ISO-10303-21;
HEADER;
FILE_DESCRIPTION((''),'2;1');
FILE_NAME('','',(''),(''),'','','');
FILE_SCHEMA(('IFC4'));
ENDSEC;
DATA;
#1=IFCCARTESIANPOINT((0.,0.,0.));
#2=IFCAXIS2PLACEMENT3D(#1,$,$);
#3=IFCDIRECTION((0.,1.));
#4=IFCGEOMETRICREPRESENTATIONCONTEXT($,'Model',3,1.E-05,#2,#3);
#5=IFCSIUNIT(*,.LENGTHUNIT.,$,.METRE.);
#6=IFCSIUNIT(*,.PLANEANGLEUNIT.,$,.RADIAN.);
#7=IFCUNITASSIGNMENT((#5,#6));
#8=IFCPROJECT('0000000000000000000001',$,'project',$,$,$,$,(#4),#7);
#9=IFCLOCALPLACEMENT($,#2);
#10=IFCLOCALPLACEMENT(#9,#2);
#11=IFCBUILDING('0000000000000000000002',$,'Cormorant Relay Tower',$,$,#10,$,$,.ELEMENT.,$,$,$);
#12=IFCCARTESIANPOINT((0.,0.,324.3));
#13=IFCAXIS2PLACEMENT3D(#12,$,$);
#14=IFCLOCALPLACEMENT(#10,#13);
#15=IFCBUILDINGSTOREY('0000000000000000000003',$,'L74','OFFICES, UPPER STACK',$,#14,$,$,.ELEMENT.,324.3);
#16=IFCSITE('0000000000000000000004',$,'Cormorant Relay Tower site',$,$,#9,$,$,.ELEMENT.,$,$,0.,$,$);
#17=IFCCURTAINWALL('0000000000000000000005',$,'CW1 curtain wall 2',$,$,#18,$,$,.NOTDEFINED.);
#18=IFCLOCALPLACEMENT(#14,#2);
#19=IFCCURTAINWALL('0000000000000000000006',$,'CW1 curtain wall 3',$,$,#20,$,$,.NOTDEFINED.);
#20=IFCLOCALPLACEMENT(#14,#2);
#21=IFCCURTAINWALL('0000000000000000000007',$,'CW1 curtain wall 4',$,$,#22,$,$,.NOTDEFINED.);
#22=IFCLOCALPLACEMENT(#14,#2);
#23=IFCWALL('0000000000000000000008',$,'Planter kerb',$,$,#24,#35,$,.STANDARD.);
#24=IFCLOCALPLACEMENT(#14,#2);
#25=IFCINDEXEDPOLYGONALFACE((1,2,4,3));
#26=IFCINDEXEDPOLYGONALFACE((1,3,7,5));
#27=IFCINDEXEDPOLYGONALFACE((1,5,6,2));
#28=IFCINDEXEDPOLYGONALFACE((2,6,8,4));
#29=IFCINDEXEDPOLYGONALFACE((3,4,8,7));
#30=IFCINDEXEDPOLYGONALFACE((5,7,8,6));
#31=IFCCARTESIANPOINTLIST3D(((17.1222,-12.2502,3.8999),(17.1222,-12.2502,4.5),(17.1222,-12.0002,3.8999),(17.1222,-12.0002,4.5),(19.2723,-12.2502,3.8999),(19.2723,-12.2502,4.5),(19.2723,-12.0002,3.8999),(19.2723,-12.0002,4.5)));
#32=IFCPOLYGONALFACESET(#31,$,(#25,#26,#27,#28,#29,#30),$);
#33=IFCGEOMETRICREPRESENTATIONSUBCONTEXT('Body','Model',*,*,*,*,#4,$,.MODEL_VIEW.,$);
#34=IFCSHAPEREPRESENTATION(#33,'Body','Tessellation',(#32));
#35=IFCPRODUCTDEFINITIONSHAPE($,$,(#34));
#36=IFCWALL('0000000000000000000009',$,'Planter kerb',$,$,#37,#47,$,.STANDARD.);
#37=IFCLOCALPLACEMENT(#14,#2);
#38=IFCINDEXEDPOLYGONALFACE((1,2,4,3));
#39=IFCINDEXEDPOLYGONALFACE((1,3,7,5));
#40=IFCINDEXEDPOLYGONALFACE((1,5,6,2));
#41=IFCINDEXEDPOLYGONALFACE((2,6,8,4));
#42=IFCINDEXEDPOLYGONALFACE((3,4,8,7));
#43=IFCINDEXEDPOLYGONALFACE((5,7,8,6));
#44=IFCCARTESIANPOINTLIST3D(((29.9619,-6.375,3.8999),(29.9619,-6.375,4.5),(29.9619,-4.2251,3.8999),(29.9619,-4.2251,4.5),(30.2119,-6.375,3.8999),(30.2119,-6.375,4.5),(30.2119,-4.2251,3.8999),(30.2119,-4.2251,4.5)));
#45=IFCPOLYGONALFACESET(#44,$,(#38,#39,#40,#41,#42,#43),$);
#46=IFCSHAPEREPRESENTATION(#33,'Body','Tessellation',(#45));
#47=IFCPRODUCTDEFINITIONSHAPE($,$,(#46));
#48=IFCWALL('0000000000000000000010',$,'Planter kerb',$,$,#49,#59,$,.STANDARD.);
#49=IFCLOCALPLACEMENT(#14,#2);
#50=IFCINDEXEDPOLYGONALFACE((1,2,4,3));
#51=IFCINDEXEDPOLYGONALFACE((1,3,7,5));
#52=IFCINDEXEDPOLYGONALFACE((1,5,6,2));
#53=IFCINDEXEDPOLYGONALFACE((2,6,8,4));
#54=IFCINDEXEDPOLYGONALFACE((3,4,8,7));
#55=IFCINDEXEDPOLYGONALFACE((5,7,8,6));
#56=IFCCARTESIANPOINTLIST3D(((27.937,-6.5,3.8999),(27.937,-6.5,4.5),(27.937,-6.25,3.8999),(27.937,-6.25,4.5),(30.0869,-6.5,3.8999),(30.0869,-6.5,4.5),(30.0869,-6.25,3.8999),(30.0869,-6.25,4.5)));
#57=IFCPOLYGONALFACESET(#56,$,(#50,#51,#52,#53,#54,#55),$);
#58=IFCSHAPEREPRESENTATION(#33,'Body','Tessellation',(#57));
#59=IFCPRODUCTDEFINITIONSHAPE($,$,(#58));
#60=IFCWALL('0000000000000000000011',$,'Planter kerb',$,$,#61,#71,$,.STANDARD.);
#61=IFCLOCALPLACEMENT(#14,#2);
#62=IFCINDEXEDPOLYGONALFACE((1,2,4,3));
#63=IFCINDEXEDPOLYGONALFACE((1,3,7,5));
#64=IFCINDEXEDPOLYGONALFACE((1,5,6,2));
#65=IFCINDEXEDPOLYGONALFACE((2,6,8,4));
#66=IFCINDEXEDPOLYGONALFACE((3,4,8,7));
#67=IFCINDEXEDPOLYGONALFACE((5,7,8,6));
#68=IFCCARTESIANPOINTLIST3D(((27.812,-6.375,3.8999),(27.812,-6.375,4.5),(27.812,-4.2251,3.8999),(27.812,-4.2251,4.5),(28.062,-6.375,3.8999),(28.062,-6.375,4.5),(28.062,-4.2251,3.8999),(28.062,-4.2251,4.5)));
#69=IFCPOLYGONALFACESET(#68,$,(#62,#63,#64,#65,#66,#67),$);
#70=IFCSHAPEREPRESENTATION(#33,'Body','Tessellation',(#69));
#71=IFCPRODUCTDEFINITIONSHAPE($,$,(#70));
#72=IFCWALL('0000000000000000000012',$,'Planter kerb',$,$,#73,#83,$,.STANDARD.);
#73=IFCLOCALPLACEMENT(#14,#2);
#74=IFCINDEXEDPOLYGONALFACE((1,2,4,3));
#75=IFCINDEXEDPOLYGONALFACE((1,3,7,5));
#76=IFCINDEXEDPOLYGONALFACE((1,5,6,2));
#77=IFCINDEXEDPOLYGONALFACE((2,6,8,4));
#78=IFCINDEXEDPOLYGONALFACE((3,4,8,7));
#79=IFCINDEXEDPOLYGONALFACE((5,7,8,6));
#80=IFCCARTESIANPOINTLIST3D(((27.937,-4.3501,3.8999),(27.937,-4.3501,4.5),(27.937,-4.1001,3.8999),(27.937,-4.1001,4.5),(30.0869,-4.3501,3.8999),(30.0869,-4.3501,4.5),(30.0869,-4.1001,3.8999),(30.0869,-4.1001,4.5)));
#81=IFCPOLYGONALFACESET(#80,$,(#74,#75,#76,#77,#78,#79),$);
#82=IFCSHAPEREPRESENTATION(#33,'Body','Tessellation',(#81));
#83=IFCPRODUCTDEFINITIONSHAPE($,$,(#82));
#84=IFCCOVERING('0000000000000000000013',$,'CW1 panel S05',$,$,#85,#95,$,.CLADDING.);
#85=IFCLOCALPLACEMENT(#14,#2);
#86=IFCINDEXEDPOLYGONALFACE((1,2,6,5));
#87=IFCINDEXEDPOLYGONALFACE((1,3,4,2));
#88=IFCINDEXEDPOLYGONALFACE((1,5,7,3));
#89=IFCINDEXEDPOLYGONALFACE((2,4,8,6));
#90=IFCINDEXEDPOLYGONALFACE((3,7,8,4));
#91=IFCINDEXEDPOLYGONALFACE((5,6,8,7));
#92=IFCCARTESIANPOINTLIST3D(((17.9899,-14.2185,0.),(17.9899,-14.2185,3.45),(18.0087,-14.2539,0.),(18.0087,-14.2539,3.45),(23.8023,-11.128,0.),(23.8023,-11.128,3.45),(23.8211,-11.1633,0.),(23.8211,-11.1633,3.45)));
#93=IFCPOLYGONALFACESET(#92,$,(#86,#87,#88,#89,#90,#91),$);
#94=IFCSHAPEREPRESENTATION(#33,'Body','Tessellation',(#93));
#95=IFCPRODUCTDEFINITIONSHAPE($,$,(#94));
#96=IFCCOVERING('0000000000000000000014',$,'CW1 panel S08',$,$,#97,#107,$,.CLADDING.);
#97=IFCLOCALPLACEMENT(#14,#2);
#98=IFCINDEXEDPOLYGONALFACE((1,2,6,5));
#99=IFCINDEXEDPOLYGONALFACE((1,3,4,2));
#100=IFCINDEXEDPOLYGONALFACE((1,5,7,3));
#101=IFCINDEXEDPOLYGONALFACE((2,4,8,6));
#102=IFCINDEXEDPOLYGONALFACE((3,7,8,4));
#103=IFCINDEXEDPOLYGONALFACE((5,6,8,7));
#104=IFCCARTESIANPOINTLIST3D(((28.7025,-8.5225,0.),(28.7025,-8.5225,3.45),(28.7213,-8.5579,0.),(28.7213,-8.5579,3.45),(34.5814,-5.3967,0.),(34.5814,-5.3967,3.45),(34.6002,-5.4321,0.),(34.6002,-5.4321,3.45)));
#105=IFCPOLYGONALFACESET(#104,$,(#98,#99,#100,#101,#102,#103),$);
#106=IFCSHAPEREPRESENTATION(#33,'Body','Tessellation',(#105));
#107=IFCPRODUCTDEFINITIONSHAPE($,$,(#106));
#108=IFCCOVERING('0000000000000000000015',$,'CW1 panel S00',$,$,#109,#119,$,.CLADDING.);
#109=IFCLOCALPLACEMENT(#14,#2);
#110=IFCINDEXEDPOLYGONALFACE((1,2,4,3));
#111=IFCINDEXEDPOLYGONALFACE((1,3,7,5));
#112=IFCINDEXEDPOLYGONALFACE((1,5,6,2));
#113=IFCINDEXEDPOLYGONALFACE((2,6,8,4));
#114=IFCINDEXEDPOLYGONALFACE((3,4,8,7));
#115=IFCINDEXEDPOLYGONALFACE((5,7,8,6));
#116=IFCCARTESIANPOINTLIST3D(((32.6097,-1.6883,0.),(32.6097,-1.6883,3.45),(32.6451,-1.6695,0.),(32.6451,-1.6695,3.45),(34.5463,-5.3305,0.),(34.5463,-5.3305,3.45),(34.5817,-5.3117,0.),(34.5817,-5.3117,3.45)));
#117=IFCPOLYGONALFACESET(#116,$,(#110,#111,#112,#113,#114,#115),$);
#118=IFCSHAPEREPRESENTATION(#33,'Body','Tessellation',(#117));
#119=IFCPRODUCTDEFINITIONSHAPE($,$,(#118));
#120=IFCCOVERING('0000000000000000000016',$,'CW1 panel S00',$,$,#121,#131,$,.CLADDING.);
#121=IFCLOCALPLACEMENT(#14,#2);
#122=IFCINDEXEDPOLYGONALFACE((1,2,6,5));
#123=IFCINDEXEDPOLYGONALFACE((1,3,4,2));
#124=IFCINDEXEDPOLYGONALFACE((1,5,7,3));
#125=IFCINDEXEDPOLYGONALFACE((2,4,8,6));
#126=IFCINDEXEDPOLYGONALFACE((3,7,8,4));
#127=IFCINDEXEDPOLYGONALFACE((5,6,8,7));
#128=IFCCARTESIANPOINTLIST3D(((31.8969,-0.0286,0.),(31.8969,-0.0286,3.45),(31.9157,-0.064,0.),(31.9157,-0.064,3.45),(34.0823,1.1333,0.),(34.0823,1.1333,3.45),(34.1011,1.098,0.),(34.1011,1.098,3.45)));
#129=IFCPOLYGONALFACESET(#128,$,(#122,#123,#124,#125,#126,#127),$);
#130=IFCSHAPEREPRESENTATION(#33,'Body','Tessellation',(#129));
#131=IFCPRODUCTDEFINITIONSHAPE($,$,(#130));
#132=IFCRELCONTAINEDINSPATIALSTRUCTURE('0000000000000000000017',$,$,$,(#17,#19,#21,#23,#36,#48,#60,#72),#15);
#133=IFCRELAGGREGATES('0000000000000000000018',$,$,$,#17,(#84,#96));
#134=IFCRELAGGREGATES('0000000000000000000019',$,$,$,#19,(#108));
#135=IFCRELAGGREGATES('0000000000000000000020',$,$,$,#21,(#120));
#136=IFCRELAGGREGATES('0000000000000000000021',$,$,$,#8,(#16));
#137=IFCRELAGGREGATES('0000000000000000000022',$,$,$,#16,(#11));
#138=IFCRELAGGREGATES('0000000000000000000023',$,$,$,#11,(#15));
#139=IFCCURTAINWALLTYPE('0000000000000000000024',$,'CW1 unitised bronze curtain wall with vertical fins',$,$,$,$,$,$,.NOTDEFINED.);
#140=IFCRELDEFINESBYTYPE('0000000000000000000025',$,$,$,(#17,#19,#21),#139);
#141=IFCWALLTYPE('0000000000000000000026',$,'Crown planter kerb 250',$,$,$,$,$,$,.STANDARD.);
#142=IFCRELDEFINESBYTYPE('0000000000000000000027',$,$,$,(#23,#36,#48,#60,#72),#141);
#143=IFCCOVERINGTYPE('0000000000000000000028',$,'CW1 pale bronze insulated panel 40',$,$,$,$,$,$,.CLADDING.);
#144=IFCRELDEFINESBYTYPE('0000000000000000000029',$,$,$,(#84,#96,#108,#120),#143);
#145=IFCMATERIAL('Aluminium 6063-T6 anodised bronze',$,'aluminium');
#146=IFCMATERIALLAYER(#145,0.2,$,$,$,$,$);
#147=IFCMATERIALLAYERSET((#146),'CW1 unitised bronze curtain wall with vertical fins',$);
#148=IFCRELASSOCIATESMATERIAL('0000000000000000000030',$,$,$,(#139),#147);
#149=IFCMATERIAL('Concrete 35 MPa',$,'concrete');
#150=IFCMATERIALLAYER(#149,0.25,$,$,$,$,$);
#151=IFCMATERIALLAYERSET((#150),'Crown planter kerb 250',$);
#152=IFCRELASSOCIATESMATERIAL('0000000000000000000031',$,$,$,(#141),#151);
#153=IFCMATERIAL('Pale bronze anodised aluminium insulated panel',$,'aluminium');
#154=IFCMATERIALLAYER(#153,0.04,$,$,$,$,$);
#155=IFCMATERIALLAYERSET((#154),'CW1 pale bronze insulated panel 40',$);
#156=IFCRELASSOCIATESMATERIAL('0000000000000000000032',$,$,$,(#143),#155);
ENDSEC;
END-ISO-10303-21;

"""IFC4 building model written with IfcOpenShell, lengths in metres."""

from ifc_helpers import new_model, si_unit, direction, frame, frame_2d, origin, origin_2d, place, context, subcontext, project, spatial, rectangle, extrude, material, layer, layer_set, type_object, element, aggregate, save


model = new_model("IFC4")

# Units and contexts
model_context = context("Model", 3, precision=1e-05, world=origin(), true_north=direction((0.0, 1.0)))
body_context = subcontext(model_context, "Body", "Model", "MODEL_VIEW")
ifc_project = project(units=[si_unit("LENGTHUNIT", "METRE"), si_unit("PLANEANGLEUNIT", "RADIAN")], contexts=[model_context])

# Site, building, storey
site_placement = place(None, origin())
site = spatial("IfcSite", under=ifc_project, at=site_placement, Name="Cormorant Relay Tower site", CompositionType="ELEMENT", RefElevation=0.0)
building_placement = place(site_placement, origin())
building = spatial("IfcBuilding", under=site, at=building_placement, Name="Cormorant Relay Tower", CompositionType="ELEMENT")
storey_placement = place(building_placement, frame((0.0, 0.0, 324.3)))
storey = spatial("IfcBuildingStorey", under=building, at=storey_placement, Name="L74", Description="OFFICES, UPPER STACK", CompositionType="ELEMENT", Elevation=324.3)

# Curtain wall
ifc_material_1 = material(Name="Aluminium 6063-T6 anodised bronze", Category="aluminium")
ifc_layer_1 = layer(ifc_material_1, 0.2)
ifc_layer_set_1 = layer_set([ifc_layer_1], Name="CW1 unitised bronze curtain wall with vertical fins")
curtain_wall_type = type_object("IfcCurtainWallType", Name="CW1 unitised bronze curtain wall with vertical fins", PredefinedType="NOTDEFINED", material=ifc_layer_set_1)
curtain_wall_1_placement = place(storey_placement, origin())
curtain_wall_1 = element("IfcCurtainWall", 1, at=curtain_wall_1_placement, inside=storey, type_object=curtain_wall_type, Name="CW1 curtain wall 2", PredefinedType="NOTDEFINED")

# Curtain wall
curtain_wall_2_placement = place(storey_placement, origin())
curtain_wall_2 = element("IfcCurtainWall", 2, at=curtain_wall_2_placement, inside=storey, type_object=curtain_wall_type, Name="CW1 curtain wall 3", PredefinedType="NOTDEFINED")

# Curtain wall
curtain_wall_3_placement = place(storey_placement, origin())
curtain_wall_3 = element("IfcCurtainWall", 3, at=curtain_wall_3_placement, inside=storey, type_object=curtain_wall_type, Name="CW1 curtain wall 4", PredefinedType="NOTDEFINED")

# Walls
ifc_material_2 = material(Name="Concrete 35 MPa", Category="concrete")
ifc_layer_2 = layer(ifc_material_2, 0.25)
ifc_layer_set_2 = layer_set([ifc_layer_2], Name="Crown planter kerb 250")
wall_type_1 = type_object("IfcWallType", Name="Crown planter kerb 250", PredefinedType="STANDARD", material=ifc_layer_set_2)
wall_1_placement = place(storey_placement, frame((19.2725, -12.1252, 3.8999), z_axis=(0.0, 0.0, 1.0), x_axis=(-1.0, 0.0, 0.0)))
element("IfcWall", 4, at=wall_1_placement, inside=storey, type_object=wall_type_1, Name="Planter kerb", PredefinedType="STANDARD", context=body_context, shape_type="SweptSolid", body=[
    extrude(rectangle(XDim=2.1501, YDim=0.25, at=frame_2d((1.0752, 0.0))), origin(), (0.0, 0.0, 1.0), 0.6001),
])
for number, where, z_axis, x_axis, name in (
    (5, (30.0869, -4.2251, 3.8999), (0.0, 0.0, 1.0), (0.0, -1.0, 0.0), "Planter kerb"),
    (6, (30.0869, -6.375, 3.8999), (0.0, 0.0, 1.0), (-1.0, 0.0, 0.0), "Planter kerb"),
    (7, (27.937, -6.375, 3.8999), (0.0, 0.0, 1.0), (0.0, 1.0, 0.0), "Planter kerb"),
    (8, (27.937, -4.2251, 3.8999), (0.0, 0.0, 1.0), (1.0, 0.0, 0.0), "Planter kerb"),
):
    element("IfcWall", number, at=place(storey_placement, frame(where, z_axis=z_axis, x_axis=x_axis)), inside=storey, type_object=wall_type_1, Name=name, PredefinedType="STANDARD", context=body_context, shape_type="SweptSolid", body=[
        extrude(rectangle(XDim=2.1499, YDim=0.25, at=frame_2d((1.075, 0.0))), origin(), (0.0, 0.0, 1.0), 0.6001),
    ])

# Coverings
ifc_material_3 = material(Name="Pale bronze anodised aluminium insulated panel", Category="aluminium")
ifc_layer_3 = layer(ifc_material_3, 0.04)
ifc_layer_set_3 = layer_set([ifc_layer_3], Name="CW1 pale bronze insulated panel 40")
covering_type = type_object("IfcCoveringType", Name="CW1 pale bronze insulated panel 40", PredefinedType="CLADDING", material=ifc_layer_set_3)
covering_1_placement = place(storey_placement, frame((20.9055, -12.6909, 0.0), z_axis=(0.0, 0.0, 1.0), x_axis=(0.882948, 0.469472, 0.0)))
covering_1 = element("IfcCovering", 9, at=covering_1_placement, type_object=covering_type, Name="CW1 panel S05", PredefinedType="CLADDING", context=body_context, shape_type="SweptSolid", body=[
    extrude(rectangle(XDim=6.583, YDim=0.04, at=origin_2d()), origin(), (0.0, 0.0, 1.0), 3.45),
])
covering_2_placement = place(storey_placement, frame((31.6514, -6.9773, 0.0), z_axis=(0.0, 0.0, 1.0), x_axis=(0.882948, 0.469472, 0.0)))
covering_2 = element("IfcCovering", 10, at=covering_2_placement, type_object=covering_type, Name="CW1 panel S08", PredefinedType="CLADDING", context=body_context, shape_type="SweptSolid", body=[
    extrude(rectangle(XDim=6.6582, YDim=0.04, at=origin_2d()), origin(), (0.0, 0.0, 1.0), 3.45),
])
aggregate(curtain_wall_1, [covering_1, covering_2])
covering_3_placement = place(storey_placement, frame((33.5957, -3.5, 0.0), z_axis=(0.0, 0.0, 1.0), x_axis=(-0.469472, 0.882948, 0.0)))
covering_3 = element("IfcCovering", 11, at=covering_3_placement, type_object=covering_type, Name="CW1 panel S00", PredefinedType="CLADDING", context=body_context, shape_type="SweptSolid", body=[
    extrude(rectangle(XDim=4.125, YDim=0.04, at=origin_2d()), origin(), (0.0, 0.0, 1.0), 3.45),
])
aggregate(curtain_wall_2, [covering_3])
covering_4_placement = place(storey_placement, frame((32.999, 0.5347, 0.0), z_axis=(0.0, 0.0, 1.0), x_axis=(0.882948, 0.469472, 0.0)))
covering_4 = element("IfcCovering", 12, at=covering_4_placement, type_object=covering_type, Name="CW1 panel S00", PredefinedType="CLADDING", context=body_context, shape_type="SweptSolid", body=[
    extrude(rectangle(XDim=2.4751, YDim=0.04, at=origin_2d()), origin(), (0.0, 0.0, 1.0), 3.45),
])
aggregate(curtain_wall_3, [covering_4])

save(model, "model.ifc")
